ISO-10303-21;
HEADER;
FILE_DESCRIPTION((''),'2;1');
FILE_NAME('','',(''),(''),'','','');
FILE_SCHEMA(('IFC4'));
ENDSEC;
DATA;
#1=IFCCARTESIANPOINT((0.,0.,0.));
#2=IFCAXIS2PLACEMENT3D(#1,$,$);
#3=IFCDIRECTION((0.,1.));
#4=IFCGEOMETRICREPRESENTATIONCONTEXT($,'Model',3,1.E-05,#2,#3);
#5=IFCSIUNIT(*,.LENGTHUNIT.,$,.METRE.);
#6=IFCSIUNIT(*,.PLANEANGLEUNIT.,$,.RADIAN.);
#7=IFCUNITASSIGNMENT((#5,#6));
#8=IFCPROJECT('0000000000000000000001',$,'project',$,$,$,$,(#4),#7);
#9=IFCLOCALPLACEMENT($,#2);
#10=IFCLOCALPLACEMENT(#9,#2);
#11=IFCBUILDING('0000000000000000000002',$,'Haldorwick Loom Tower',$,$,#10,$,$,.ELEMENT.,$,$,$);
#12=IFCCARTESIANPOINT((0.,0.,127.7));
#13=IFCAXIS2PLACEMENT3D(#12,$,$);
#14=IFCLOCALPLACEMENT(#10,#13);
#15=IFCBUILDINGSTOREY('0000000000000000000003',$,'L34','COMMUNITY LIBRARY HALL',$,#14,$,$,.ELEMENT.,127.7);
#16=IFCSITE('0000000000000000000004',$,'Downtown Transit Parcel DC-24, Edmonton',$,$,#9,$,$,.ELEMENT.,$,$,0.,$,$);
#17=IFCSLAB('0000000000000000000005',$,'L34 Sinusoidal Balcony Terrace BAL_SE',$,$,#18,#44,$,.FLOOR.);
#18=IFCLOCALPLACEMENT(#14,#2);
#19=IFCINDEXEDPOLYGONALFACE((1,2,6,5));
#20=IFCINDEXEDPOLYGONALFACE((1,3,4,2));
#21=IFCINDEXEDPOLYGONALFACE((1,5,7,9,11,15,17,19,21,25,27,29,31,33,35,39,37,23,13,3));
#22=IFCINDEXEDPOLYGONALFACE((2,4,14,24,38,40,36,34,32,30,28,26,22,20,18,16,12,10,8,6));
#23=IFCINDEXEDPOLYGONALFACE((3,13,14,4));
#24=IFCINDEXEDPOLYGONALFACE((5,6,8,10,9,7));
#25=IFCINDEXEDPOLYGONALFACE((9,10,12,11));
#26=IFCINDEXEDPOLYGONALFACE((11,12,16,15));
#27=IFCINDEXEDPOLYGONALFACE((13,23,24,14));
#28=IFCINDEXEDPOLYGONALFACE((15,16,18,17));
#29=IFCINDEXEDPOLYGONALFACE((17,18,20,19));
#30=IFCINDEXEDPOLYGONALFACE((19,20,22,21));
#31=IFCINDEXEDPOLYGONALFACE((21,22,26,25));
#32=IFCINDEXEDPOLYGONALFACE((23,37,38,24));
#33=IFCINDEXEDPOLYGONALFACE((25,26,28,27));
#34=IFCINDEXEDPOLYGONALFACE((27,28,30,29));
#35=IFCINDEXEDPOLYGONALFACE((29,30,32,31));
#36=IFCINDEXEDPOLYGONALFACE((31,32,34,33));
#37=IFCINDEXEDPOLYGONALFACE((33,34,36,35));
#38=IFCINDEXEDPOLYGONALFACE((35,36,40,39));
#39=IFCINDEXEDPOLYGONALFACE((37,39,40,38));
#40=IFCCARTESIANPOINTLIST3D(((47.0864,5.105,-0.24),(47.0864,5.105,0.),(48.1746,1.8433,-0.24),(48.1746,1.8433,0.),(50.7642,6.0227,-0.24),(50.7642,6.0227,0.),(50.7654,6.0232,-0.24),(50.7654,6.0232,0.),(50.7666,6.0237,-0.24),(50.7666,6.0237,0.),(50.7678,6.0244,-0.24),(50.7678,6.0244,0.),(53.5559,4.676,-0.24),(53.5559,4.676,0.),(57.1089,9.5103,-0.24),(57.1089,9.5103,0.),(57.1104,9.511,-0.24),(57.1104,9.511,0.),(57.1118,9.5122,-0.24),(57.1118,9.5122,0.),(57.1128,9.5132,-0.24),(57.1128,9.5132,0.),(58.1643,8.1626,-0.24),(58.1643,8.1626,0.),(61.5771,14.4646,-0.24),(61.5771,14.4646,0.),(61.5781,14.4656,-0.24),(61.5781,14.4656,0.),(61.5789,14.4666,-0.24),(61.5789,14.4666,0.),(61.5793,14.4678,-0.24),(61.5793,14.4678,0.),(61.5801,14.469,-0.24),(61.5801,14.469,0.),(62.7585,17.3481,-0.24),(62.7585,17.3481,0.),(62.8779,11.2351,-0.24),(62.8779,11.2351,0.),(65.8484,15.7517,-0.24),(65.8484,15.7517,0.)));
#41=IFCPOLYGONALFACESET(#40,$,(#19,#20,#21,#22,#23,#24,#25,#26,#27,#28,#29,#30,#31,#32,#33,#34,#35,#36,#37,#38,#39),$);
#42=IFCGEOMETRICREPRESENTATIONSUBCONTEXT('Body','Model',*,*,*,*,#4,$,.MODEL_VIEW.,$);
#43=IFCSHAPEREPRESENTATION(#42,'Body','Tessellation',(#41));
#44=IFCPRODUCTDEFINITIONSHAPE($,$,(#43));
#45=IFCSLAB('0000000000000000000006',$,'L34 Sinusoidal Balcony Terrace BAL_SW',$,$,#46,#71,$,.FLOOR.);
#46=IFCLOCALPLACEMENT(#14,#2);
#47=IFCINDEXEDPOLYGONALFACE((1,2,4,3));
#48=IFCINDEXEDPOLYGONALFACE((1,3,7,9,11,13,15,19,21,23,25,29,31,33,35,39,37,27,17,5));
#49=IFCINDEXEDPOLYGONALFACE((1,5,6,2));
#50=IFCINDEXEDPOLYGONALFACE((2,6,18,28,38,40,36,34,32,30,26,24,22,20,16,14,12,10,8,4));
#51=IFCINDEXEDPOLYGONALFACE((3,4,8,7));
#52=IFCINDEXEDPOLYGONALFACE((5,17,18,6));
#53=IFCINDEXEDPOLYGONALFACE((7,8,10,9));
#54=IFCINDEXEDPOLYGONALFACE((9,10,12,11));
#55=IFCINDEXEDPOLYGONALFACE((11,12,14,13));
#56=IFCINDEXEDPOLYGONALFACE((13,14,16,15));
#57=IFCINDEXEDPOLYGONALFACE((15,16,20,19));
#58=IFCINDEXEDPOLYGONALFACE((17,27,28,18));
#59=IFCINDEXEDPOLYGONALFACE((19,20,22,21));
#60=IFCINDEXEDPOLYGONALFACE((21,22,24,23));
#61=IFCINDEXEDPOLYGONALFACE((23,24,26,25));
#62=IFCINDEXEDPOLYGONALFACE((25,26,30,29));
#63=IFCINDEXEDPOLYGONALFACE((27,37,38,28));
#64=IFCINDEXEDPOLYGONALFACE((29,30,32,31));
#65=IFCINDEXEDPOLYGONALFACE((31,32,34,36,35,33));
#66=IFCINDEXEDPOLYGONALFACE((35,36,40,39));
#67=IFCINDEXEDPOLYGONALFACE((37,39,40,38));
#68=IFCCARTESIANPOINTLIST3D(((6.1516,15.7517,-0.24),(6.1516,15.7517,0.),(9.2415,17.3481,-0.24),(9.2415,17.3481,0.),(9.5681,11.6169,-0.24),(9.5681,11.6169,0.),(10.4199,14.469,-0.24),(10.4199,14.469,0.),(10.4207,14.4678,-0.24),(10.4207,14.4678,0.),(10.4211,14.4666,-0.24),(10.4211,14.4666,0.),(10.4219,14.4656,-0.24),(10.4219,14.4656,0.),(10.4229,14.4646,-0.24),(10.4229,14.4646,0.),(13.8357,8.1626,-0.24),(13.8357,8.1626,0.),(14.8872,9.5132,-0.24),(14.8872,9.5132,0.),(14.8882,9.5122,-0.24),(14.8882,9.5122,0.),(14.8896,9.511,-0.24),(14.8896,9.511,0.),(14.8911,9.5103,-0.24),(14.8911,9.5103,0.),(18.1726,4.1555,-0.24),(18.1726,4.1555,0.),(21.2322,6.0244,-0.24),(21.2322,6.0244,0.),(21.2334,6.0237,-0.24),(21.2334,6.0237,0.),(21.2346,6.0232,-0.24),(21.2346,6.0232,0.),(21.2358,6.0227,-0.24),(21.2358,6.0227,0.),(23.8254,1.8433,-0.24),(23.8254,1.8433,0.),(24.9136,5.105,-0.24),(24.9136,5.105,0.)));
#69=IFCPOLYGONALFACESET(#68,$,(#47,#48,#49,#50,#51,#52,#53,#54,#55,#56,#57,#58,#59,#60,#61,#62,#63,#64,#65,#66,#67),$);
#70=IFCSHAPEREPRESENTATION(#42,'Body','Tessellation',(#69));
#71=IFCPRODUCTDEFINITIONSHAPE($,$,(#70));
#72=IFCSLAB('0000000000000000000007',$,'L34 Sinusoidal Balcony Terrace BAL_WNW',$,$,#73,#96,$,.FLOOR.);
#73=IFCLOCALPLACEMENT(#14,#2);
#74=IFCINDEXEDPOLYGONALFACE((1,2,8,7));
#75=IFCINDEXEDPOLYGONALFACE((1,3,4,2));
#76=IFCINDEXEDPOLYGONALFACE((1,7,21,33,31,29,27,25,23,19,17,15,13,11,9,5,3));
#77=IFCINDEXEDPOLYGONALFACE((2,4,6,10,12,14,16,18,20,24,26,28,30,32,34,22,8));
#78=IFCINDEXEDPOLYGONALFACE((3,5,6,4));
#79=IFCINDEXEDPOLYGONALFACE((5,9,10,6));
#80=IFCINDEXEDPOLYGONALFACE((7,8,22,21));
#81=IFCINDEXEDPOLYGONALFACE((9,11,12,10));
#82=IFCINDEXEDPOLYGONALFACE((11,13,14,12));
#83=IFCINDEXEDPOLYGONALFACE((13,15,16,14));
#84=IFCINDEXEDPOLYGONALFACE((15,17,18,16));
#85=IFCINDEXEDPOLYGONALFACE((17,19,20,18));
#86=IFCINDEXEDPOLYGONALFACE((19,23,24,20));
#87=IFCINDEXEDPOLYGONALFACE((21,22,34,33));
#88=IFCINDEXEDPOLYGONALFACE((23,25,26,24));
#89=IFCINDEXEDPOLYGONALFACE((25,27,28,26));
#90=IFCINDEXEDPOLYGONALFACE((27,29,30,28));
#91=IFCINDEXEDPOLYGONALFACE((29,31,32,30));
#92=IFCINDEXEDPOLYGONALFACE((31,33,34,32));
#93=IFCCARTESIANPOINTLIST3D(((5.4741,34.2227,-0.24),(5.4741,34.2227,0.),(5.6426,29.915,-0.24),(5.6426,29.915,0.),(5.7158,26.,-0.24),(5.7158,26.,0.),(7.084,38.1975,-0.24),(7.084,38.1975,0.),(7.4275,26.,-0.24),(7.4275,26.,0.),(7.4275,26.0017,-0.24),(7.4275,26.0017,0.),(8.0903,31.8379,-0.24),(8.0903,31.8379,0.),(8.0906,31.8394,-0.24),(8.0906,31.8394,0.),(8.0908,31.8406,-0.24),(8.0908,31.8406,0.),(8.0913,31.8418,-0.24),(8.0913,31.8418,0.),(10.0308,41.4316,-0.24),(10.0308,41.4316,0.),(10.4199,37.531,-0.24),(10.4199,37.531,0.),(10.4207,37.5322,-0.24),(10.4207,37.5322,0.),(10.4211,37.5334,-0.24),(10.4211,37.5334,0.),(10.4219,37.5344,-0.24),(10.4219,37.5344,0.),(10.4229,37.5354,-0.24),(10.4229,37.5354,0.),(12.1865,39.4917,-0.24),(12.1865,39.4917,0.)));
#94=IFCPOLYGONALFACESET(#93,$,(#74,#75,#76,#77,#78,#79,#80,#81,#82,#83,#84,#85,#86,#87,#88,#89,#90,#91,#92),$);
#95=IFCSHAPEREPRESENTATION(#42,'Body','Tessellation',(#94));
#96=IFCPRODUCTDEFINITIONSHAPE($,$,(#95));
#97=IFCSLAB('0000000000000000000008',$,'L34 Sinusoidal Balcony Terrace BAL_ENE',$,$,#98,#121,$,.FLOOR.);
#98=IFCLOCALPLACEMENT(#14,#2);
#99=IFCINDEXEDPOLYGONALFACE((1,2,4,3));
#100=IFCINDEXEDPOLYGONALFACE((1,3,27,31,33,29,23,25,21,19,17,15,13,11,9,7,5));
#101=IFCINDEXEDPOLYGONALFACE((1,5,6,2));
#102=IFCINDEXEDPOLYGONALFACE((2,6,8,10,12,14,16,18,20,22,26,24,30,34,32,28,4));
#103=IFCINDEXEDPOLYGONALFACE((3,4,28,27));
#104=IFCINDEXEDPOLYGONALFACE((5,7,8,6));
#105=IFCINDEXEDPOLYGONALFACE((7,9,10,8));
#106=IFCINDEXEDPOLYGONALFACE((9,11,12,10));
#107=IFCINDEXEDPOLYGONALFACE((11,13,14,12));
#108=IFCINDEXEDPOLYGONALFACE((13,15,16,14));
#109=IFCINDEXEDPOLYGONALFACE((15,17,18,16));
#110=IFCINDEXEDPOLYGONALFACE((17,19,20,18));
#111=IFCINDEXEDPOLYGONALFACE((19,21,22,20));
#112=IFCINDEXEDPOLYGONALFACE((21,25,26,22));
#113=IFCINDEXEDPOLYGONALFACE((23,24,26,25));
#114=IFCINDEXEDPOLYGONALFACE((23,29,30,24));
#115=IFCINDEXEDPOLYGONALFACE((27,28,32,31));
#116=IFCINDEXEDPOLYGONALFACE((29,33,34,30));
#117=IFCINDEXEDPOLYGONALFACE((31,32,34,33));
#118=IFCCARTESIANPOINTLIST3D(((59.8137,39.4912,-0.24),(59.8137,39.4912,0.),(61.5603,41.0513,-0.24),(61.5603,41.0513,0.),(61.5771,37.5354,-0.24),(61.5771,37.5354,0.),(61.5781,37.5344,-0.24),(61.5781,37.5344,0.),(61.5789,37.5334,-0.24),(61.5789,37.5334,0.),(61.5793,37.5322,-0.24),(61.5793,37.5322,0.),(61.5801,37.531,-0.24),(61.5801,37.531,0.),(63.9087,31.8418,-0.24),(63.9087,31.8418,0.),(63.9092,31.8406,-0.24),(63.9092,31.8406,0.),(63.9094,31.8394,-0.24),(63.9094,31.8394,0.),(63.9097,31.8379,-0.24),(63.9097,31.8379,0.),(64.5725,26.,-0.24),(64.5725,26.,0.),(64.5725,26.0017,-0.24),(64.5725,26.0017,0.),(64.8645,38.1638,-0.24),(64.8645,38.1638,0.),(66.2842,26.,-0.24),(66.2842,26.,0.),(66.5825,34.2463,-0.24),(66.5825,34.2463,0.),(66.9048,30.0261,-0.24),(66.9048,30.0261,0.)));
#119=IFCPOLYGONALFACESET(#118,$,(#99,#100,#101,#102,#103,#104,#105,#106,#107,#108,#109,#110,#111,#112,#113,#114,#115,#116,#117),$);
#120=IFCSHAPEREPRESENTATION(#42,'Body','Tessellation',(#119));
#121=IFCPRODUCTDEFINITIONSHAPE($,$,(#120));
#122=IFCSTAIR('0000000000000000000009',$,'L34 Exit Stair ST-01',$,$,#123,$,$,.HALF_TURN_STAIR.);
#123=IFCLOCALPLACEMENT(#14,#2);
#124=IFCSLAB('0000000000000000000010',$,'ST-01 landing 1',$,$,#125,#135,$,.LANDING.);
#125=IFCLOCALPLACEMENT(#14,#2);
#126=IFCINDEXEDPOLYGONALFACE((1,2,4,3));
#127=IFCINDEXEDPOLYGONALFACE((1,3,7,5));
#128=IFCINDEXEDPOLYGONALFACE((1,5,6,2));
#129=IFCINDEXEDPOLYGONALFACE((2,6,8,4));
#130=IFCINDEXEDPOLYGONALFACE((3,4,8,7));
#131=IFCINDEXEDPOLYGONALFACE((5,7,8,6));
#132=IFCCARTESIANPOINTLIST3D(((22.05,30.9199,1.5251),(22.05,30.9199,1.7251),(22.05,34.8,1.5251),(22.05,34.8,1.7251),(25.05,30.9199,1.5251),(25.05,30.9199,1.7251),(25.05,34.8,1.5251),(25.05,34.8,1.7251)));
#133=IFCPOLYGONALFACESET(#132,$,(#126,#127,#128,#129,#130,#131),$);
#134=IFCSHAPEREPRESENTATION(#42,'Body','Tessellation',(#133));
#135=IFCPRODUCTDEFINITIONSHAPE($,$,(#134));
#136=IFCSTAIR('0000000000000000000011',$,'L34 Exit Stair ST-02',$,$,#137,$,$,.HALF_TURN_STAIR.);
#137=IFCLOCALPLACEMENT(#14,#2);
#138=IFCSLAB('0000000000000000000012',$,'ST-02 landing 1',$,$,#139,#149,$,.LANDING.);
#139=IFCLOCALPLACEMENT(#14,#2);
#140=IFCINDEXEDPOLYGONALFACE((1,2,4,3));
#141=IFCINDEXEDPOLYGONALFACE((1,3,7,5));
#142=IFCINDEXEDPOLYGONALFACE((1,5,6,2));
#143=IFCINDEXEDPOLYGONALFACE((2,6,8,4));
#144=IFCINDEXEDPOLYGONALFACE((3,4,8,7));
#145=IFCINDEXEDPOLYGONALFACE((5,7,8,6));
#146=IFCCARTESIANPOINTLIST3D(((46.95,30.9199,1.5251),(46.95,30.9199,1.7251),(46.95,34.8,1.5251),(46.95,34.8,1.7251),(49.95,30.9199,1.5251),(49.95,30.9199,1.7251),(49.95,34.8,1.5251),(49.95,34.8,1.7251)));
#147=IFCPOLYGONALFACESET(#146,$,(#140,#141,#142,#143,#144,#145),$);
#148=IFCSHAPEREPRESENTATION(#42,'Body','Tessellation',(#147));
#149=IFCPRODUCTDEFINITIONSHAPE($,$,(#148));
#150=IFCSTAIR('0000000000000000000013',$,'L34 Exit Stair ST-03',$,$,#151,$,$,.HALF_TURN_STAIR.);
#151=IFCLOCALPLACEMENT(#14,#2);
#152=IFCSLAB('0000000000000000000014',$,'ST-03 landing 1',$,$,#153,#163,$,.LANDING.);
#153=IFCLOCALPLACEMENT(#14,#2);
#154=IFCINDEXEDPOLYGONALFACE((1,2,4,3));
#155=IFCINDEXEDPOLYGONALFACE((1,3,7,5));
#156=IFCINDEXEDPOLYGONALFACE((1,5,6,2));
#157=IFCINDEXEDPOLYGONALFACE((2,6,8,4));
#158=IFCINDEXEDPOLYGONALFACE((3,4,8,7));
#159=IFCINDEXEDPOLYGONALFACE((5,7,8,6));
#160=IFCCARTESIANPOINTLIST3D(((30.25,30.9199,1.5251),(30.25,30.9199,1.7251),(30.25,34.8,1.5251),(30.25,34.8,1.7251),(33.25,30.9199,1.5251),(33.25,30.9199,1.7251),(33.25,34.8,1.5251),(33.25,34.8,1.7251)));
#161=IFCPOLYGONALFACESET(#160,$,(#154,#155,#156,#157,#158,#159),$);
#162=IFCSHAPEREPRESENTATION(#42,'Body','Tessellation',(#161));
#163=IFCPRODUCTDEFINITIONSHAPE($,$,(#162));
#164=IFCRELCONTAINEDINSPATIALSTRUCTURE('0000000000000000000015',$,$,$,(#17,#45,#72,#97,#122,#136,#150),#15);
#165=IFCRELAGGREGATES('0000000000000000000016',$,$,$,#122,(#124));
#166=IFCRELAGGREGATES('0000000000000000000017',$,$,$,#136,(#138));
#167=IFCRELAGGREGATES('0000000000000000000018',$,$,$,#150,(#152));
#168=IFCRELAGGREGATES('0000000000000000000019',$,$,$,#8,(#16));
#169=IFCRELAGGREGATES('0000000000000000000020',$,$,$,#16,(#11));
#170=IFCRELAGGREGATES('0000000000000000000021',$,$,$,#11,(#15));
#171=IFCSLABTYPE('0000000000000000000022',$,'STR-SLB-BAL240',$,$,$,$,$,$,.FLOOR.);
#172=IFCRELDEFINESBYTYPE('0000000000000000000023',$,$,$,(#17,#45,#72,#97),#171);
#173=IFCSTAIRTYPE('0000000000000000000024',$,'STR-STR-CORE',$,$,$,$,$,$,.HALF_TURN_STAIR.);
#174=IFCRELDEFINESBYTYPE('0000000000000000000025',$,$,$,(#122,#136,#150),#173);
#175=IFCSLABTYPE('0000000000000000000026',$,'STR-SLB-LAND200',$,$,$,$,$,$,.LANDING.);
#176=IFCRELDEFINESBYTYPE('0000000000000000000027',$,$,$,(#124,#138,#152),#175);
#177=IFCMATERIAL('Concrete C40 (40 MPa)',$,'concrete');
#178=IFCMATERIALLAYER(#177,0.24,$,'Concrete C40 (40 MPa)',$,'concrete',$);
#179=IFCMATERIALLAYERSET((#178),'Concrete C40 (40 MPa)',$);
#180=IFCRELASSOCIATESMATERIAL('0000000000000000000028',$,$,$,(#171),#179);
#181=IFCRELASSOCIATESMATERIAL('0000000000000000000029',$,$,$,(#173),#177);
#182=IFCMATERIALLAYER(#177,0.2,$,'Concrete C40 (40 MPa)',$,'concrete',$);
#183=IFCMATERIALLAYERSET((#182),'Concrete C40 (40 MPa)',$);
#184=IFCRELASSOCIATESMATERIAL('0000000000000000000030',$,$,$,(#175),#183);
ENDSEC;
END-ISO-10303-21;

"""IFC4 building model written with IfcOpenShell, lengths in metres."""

from ifc_helpers import new_model, si_unit, direction, frame, origin, place, context, subcontext, project, spatial, polyline, outline, extrude, material, layer, layer_set, type_object, element, aggregate, save


model = new_model("IFC4")

# Units and contexts
model_context = context("Model", 3, precision=1e-05, world=origin(), true_north=direction((0.0, 1.0)))
body_context = subcontext(model_context, "Body", "Model", "MODEL_VIEW")
ifc_project = project(units=[si_unit("LENGTHUNIT", "METRE"), si_unit("PLANEANGLEUNIT", "RADIAN")], contexts=[model_context])

# Site, building, storey
site_placement = place(None, origin())
site = spatial("IfcSite", under=ifc_project, at=site_placement, Name="Downtown Transit Parcel DC-24, Edmonton", CompositionType="ELEMENT", RefElevation=0.0)
building_placement = place(site_placement, origin())
building = spatial("IfcBuilding", under=site, at=building_placement, Name="Haldorwick Loom Tower", CompositionType="ELEMENT")
storey_placement = place(building_placement, frame((0.0, 0.0, 127.7)))
storey = spatial("IfcBuildingStorey", under=building, at=storey_placement, Name="L34", Description="COMMUNITY LIBRARY HALL", CompositionType="ELEMENT", Elevation=127.7)

# Slabs
ifc_material_1 = material(Name="Concrete C40 (40 MPa)", Category="concrete")
ifc_layer_1 = layer(ifc_material_1, 0.24, Name="Concrete C40 (40 MPa)", Category="concrete")
ifc_layer_set_1 = layer_set([ifc_layer_1], Name="Concrete C40 (40 MPa)")
slab_type_1 = type_object("IfcSlabType", Name="STR-SLB-BAL240", PredefinedType="FLOOR", material=ifc_layer_set_1)
slab_1_placement = place(storey_placement, frame((0.0, 0.0, -0.24)))
element("IfcSlab", 1, at=slab_1_placement, inside=storey, type_object=slab_type_1, Name="L34 Sinusoidal Balcony Terrace BAL_SE", PredefinedType="FLOOR", context=body_context, shape_type="SweptSolid", body=[
    extrude(outline(polyline([(62.7585, 17.3481), (61.5801, 14.469), (61.5793, 14.4678), (61.5789, 14.4666), (61.5781, 14.4656), (61.5771, 14.4646), (57.1128, 9.5132), (57.1118, 9.5122), (57.1104, 9.511), (57.1089, 9.5103), (50.7678, 6.0244), (50.7666, 6.0237), (50.7654, 6.0232), (50.7642, 6.0227), (47.0864, 5.105), (48.1746, 1.8433), (53.5559, 4.676), (58.1643, 8.1626), (62.8779, 11.2351), (65.8484, 15.7517), (62.7585, 17.3481)])), origin(), (0.0, 0.0, 1.0), 0.24),
])
slab_2_placement = place(storey_placement, frame((0.0, 0.0, -0.24)))
element("IfcSlab", 2, at=slab_2_placement, inside=storey, type_object=slab_type_1, Name="L34 Sinusoidal Balcony Terrace BAL_SW", PredefinedType="FLOOR", context=body_context, shape_type="SweptSolid", body=[
    extrude(outline(polyline([(24.9136, 5.105), (21.2358, 6.0227), (21.2346, 6.0232), (21.2334, 6.0237), (21.2322, 6.0244), (14.8911, 9.5103), (14.8896, 9.511), (14.8882, 9.5122), (14.8872, 9.5132), (10.4229, 14.4646), (10.4219, 14.4656), (10.4211, 14.4666), (10.4207, 14.4678), (10.4199, 14.469), (9.2415, 17.3481), (6.1516, 15.7517), (9.5681, 11.6169), (13.8357, 8.1626), (18.1726, 4.1555), (23.8254, 1.8433), (24.9136, 5.105)])), origin(), (0.0, 0.0, 1.0), 0.24),
])
slab_3_placement = place(storey_placement, frame((0.0, 0.0, -0.24)))
element("IfcSlab", 3, at=slab_3_placement, inside=storey, type_object=slab_type_1, Name="L34 Sinusoidal Balcony Terrace BAL_WNW", PredefinedType="FLOOR", context=body_context, shape_type="SweptSolid", body=[
    extrude(outline(polyline([(7.4275, 26.0), (7.4275, 26.0017), (8.0903, 31.8379), (8.0906, 31.8394), (8.0908, 31.8406), (8.0913, 31.8418), (10.4199, 37.531), (10.4207, 37.5322), (10.4211, 37.5334), (10.4219, 37.5344), (10.4229, 37.5354), (12.1865, 39.4917), (10.0308, 41.4316), (7.084, 38.1975), (5.4741, 34.2227), (5.6426, 29.915), (5.7158, 26.0), (7.4275, 26.0)])), origin(), (0.0, 0.0, 1.0), 0.24),
])
slab_4_placement = place(storey_placement, frame((0.0, 0.0, -0.24)))
element("IfcSlab", 4, at=slab_4_placement, inside=storey, type_object=slab_type_1, Name="L34 Sinusoidal Balcony Terrace BAL_ENE", PredefinedType="FLOOR", context=body_context, shape_type="SweptSolid", body=[
    extrude(outline(polyline([(59.8137, 39.4912), (61.5771, 37.5354), (61.5781, 37.5344), (61.5789, 37.5334), (61.5793, 37.5322), (61.5801, 37.531), (63.9087, 31.8418), (63.9092, 31.8406), (63.9094, 31.8394), (63.9097, 31.8379), (64.5725, 26.0017), (64.5725, 26.0), (66.2842, 26.0), (66.9048, 30.0261), (66.5825, 34.2463), (64.8645, 38.1638), (61.5603, 41.0513), (59.8137, 39.4912)])), origin(), (0.0, 0.0, 1.0), 0.24),
])

# Stairs, slabs
stair_type = type_object("IfcStairType", Name="STR-STR-CORE", PredefinedType="HALF_TURN_STAIR", material=ifc_material_1)
stair_1_placement = place(storey_placement, origin())
stair_1 = element("IfcStair", 5, at=stair_1_placement, inside=storey, type_object=stair_type, Name="L34 Exit Stair ST-01", PredefinedType="HALF_TURN_STAIR")
ifc_layer_2 = layer(ifc_material_1, 0.2, Name="Concrete C40 (40 MPa)", Category="concrete")
ifc_layer_set_2 = layer_set([ifc_layer_2], Name="Concrete C40 (40 MPa)")
slab_type_2 = type_object("IfcSlabType", Name="STR-SLB-LAND200", PredefinedType="LANDING", material=ifc_layer_set_2)
slab_5_placement = place(storey_placement, frame((0.0, 0.0, 1.5251)))
slab_5 = element("IfcSlab", 6, at=slab_5_placement, type_object=slab_type_2, Name="ST-01 landing 1", PredefinedType="LANDING", context=body_context, shape_type="SweptSolid", body=[
    extrude(outline(polyline([(25.05, 30.9199), (25.05, 34.8), (22.05, 34.8), (22.05, 30.9199), (25.05, 30.9199)])), origin(), (0.0, 0.0, 1.0), 0.2),
])
aggregate(stair_1, [slab_5])
stair_2_placement = place(storey_placement, origin())
stair_2 = element("IfcStair", 7, at=stair_2_placement, inside=storey, type_object=stair_type, Name="L34 Exit Stair ST-02", PredefinedType="HALF_TURN_STAIR")
slab_6_placement = place(storey_placement, frame((0.0, 0.0, 1.5251)))
slab_6 = element("IfcSlab", 8, at=slab_6_placement, type_object=slab_type_2, Name="ST-02 landing 1", PredefinedType="LANDING", context=body_context, shape_type="SweptSolid", body=[
    extrude(outline(polyline([(49.95, 30.9199), (49.95, 34.8), (46.95, 34.8), (46.95, 30.9199), (49.95, 30.9199)])), origin(), (0.0, 0.0, 1.0), 0.2),
])
aggregate(stair_2, [slab_6])
stair_3_placement = place(storey_placement, origin())
stair_3 = element("IfcStair", 9, at=stair_3_placement, inside=storey, type_object=stair_type, Name="L34 Exit Stair ST-03", PredefinedType="HALF_TURN_STAIR")
slab_7_placement = place(storey_placement, frame((0.0, 0.0, 1.5251)))
slab_7 = element("IfcSlab", 10, at=slab_7_placement, type_object=slab_type_2, Name="ST-03 landing 1", PredefinedType="LANDING", context=body_context, shape_type="SweptSolid", body=[
    extrude(outline(polyline([(33.25, 30.9199), (33.25, 34.8), (30.25, 34.8), (30.25, 30.9199), (33.25, 30.9199)])), origin(), (0.0, 0.0, 1.0), 0.2),
])
aggregate(stair_3, [slab_7])

save(model, "model.ifc")
